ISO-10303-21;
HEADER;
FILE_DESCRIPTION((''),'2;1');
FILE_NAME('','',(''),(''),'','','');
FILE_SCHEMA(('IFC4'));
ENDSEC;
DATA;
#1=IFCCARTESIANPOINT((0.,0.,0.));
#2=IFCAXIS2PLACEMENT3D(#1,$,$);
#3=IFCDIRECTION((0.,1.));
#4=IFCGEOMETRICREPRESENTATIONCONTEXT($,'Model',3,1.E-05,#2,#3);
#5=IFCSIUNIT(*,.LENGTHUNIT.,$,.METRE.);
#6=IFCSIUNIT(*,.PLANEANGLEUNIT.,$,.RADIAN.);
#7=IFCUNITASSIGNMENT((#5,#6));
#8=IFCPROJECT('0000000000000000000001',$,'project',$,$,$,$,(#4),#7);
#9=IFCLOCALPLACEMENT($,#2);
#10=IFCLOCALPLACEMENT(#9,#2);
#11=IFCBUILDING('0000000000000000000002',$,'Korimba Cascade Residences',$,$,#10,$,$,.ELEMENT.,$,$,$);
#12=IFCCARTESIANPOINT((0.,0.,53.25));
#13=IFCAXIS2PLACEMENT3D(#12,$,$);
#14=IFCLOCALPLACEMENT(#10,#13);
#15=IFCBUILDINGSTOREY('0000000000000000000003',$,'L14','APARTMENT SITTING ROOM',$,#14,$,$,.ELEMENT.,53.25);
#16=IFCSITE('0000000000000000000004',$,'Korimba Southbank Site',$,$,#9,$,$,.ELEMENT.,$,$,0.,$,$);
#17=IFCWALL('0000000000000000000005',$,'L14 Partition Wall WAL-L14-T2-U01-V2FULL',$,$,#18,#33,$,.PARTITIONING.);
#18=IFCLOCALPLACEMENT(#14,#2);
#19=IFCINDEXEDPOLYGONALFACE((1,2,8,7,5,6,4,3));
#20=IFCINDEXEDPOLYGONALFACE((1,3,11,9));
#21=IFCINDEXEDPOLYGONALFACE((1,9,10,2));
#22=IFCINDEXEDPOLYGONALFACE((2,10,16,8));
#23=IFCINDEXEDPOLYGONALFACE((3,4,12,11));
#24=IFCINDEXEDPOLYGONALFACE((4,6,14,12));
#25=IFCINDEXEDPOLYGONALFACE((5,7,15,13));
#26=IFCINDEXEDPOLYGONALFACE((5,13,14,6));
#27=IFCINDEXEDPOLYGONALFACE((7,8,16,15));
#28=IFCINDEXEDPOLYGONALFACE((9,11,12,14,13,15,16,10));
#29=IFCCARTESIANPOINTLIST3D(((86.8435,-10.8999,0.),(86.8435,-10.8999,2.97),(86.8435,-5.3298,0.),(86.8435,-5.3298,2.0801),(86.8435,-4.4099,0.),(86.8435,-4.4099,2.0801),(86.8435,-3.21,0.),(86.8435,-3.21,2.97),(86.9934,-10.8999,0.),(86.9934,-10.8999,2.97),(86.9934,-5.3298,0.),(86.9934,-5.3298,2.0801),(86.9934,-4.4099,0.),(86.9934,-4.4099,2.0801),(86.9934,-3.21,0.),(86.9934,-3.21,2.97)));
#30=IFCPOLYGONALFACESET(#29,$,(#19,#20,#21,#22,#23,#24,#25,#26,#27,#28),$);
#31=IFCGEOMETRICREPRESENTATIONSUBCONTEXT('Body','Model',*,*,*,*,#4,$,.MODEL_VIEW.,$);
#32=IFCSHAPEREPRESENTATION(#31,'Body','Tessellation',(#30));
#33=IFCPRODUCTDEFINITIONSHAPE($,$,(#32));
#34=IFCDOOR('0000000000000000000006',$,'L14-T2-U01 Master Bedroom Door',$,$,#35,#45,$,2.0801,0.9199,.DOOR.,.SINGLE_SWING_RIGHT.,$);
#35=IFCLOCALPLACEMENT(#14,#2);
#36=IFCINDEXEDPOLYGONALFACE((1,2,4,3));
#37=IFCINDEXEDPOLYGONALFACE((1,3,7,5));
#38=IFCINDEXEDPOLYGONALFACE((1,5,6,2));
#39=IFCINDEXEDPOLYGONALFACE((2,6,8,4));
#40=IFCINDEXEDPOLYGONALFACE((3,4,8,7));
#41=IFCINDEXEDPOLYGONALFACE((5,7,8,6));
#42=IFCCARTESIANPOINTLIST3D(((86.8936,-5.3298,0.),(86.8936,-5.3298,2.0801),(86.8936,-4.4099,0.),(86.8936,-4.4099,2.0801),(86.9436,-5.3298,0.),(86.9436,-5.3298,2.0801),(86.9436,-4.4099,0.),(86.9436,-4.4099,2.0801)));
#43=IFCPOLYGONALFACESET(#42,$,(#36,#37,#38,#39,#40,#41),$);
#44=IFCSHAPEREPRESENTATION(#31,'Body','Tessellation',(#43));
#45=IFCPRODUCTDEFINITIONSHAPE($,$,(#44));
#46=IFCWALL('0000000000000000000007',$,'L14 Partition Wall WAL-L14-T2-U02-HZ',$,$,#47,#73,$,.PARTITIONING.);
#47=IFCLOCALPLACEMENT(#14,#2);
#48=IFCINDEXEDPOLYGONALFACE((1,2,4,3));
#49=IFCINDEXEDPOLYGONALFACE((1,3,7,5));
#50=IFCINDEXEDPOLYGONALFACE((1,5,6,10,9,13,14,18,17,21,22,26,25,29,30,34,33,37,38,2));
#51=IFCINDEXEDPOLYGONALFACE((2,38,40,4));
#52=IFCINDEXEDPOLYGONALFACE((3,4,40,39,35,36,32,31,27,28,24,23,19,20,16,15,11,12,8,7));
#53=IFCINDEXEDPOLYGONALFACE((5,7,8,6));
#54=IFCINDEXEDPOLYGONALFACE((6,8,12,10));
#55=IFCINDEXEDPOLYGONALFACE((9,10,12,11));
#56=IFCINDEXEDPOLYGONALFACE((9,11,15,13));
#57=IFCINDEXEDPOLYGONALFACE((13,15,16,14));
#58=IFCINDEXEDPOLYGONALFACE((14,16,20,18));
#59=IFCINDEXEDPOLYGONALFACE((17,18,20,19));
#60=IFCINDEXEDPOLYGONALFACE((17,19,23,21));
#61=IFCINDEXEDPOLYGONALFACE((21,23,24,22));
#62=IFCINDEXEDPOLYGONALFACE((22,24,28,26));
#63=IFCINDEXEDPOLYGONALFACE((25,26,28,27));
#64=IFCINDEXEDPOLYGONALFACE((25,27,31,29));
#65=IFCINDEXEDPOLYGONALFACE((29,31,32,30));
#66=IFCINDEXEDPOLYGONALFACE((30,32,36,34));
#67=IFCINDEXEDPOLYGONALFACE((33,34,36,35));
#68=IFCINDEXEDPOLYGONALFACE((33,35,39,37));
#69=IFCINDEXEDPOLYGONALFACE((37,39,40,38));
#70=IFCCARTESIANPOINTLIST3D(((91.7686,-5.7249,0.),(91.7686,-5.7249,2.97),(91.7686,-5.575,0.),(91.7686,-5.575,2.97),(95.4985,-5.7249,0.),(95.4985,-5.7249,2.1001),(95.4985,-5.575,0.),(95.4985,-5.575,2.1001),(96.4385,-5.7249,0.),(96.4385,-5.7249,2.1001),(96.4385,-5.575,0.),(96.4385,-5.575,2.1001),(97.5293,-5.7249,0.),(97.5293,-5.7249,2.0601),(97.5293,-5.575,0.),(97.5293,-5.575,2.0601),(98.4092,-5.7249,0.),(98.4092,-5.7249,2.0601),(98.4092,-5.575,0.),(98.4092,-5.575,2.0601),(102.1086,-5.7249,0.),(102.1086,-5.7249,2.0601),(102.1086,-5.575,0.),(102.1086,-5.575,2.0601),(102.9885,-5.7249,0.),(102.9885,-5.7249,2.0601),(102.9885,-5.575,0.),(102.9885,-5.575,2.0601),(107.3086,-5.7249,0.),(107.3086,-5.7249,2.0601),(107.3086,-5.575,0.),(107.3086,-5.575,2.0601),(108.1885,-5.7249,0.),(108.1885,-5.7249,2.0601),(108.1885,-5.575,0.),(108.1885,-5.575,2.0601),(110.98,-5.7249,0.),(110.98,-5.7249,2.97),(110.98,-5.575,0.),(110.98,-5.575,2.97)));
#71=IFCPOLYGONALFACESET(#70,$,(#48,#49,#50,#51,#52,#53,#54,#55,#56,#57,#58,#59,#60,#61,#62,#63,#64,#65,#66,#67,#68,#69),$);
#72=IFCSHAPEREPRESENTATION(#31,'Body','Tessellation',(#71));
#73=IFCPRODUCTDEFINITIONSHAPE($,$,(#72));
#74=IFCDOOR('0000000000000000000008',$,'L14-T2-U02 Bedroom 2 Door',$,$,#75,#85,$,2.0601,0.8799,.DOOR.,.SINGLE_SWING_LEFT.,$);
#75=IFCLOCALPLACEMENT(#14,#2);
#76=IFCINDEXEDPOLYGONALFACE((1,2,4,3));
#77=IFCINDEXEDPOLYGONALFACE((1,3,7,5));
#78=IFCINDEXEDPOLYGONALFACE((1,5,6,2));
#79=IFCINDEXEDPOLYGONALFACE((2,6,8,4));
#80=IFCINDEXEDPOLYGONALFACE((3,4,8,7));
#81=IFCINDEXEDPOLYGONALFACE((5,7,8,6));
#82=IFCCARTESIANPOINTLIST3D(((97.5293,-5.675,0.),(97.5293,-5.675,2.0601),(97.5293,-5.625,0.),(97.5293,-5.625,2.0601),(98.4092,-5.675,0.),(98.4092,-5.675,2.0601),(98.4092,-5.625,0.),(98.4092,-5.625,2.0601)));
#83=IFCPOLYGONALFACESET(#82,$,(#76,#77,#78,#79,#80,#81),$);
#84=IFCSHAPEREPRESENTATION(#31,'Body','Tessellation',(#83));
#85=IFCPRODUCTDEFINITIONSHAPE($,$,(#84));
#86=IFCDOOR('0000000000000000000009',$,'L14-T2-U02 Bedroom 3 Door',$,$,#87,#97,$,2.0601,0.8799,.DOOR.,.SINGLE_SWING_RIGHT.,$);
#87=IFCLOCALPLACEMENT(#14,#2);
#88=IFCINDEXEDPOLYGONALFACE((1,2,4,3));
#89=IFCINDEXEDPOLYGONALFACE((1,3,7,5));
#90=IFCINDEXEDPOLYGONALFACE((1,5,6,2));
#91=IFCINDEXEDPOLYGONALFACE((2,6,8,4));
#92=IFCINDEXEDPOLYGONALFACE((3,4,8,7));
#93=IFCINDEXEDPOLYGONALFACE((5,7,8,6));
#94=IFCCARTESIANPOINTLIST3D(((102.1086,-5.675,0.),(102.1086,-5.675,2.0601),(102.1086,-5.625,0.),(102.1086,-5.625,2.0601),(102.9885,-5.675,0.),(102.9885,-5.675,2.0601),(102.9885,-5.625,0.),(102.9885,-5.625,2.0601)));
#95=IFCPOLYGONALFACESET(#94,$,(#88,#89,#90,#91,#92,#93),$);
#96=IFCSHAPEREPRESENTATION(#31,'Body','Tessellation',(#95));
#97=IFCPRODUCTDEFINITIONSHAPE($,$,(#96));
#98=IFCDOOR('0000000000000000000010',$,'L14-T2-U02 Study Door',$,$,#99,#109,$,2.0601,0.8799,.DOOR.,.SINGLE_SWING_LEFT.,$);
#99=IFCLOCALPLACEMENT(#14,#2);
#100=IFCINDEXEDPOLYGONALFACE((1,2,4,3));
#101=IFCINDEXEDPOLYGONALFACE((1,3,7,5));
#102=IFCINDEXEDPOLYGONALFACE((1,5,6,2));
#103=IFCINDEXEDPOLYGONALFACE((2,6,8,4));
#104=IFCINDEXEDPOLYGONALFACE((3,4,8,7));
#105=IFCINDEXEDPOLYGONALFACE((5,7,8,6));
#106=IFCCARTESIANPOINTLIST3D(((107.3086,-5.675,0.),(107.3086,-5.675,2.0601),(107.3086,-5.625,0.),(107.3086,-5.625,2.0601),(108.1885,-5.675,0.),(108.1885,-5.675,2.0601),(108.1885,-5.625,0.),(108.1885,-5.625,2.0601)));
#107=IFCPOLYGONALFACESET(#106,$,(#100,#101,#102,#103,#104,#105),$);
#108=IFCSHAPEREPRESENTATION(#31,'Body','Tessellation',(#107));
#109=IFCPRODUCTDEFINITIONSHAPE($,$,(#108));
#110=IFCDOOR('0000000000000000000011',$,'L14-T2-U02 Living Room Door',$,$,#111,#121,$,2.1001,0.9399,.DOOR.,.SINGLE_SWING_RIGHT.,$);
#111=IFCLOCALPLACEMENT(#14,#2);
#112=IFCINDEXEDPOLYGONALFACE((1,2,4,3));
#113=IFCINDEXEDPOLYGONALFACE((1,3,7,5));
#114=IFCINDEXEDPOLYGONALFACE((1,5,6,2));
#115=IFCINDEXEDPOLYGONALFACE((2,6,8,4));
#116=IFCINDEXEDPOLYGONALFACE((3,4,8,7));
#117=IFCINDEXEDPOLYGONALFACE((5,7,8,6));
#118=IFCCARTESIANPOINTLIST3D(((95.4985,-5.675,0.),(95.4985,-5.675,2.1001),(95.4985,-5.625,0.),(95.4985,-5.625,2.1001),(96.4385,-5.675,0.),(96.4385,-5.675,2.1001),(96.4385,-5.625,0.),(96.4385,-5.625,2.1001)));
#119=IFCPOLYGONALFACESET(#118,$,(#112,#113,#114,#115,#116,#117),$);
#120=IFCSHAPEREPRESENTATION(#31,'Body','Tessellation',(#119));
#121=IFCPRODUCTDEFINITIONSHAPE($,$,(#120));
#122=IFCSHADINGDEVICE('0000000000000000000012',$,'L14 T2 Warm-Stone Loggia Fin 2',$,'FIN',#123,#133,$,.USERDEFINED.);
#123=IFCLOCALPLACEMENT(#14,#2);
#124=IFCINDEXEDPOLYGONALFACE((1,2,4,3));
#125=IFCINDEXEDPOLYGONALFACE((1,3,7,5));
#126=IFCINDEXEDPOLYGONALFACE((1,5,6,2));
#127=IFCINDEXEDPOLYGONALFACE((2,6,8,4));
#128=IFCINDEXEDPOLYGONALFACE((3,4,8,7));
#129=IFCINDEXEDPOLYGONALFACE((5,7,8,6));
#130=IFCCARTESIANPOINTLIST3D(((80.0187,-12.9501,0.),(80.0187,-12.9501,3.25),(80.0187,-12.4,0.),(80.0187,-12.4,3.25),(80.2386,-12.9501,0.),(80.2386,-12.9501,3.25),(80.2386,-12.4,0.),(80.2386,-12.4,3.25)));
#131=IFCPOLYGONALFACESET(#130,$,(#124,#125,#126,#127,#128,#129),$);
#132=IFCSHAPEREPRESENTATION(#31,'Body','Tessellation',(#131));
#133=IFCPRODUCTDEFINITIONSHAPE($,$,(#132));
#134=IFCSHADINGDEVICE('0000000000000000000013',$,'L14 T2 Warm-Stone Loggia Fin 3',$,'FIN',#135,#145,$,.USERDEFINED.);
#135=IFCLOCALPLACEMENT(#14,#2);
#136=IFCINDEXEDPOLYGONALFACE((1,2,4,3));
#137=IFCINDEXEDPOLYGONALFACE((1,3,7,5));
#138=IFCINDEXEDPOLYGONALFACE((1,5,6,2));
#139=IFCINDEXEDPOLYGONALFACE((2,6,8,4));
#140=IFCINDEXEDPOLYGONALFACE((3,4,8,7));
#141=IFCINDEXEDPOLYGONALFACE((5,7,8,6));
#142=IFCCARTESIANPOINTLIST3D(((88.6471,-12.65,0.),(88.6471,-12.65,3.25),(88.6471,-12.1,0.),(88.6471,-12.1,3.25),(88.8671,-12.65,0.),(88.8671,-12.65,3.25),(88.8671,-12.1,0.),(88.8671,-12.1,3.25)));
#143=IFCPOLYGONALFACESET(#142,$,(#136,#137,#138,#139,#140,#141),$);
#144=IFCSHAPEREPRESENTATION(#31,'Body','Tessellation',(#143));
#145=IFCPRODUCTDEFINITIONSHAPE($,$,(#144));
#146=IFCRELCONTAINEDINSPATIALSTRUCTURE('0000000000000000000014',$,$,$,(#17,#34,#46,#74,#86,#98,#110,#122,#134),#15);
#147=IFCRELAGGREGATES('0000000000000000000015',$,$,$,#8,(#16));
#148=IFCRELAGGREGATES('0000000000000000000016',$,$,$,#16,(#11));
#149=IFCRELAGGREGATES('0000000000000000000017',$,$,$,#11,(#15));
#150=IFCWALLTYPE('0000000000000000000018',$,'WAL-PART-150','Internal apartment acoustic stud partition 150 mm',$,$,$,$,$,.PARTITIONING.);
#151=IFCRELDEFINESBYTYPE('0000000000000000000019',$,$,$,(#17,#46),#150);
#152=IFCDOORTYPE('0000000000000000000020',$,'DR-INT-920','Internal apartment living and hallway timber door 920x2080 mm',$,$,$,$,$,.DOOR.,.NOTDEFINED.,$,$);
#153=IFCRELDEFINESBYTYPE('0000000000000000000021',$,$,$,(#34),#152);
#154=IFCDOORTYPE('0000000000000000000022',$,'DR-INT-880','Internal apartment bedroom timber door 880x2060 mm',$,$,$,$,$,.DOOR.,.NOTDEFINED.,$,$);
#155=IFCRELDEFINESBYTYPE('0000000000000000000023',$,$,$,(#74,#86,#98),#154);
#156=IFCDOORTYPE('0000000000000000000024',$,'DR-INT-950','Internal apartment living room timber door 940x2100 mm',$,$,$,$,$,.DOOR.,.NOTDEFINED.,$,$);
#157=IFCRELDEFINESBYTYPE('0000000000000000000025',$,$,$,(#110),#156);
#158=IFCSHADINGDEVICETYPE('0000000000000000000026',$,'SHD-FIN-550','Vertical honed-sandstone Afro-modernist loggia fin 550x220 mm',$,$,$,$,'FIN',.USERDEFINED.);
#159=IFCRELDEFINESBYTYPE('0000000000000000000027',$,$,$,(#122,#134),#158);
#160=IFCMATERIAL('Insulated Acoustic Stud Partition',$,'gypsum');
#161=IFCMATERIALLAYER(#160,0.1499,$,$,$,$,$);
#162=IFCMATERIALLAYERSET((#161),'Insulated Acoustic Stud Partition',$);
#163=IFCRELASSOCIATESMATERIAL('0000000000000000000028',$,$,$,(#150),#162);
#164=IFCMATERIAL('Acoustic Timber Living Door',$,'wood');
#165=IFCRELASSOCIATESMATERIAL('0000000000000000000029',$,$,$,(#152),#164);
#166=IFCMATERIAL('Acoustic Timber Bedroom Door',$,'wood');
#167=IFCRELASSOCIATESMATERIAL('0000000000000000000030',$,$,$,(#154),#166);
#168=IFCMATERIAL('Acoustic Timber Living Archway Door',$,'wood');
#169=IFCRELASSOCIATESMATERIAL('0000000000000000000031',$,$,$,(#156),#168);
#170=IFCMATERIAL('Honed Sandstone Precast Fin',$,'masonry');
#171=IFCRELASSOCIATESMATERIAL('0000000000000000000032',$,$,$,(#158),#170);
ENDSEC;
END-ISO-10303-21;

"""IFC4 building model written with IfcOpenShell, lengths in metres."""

from ifc_helpers import new_model, si_unit, direction, frame, frame_2d, origin, origin_2d, place, context, subcontext, project, spatial, rectangle, extrude, material, layer, layer_set, type_object, element, fill, save


model = new_model("IFC4")

# Units and contexts
model_context = context("Model", 3, precision=1e-05, world=origin(), true_north=direction((0.0, 1.0)))
body_context = subcontext(model_context, "Body", "Model", "MODEL_VIEW")
ifc_project = project(units=[si_unit("LENGTHUNIT", "METRE"), si_unit("PLANEANGLEUNIT", "RADIAN")], contexts=[model_context])

# Site, building, storey
site_placement = place(None, origin())
site = spatial("IfcSite", under=ifc_project, at=site_placement, Name="Korimba Southbank Site", CompositionType="ELEMENT", RefElevation=0.0)
building_placement = place(site_placement, origin())
building = spatial("IfcBuilding", under=site, at=building_placement, Name="Korimba Cascade Residences", CompositionType="ELEMENT")
storey_placement = place(building_placement, frame((0.0, 0.0, 53.25)))
storey = spatial("IfcBuildingStorey", under=building, at=storey_placement, Name="L14", Description="APARTMENT SITTING ROOM", CompositionType="ELEMENT", Elevation=53.25)

# Shared definitions
ifc_material_1 = material(Name="Insulated Acoustic Stud Partition", Category="gypsum")
ifc_layer_1 = layer(ifc_material_1, 0.1499)
ifc_layer_set_1 = layer_set([ifc_layer_1], Name="Insulated Acoustic Stud Partition")
wall_type_1 = type_object("IfcWallType", Name="WAL-PART-150", Description="Internal apartment acoustic stud partition 150 mm", PredefinedType="PARTITIONING", material=ifc_layer_set_1)

# Wall, opening, door
wall_1_placement = place(storey_placement, frame((86.9185, -10.8999, 0.0), z_axis=(0.0, 0.0, 1.0), x_axis=(0.0, 1.0, 0.0)))
wall_1 = element("IfcWall", 1, at=wall_1_placement, inside=storey, type_object=wall_type_1, Name="L14 Partition Wall WAL-L14-T2-U01-V2FULL", PredefinedType="PARTITIONING", context=body_context, shape_type="SweptSolid", body=[
    extrude(rectangle(XDim=7.6899, YDim=0.1499, at=frame_2d((3.845, 0.0))), origin(), (0.0, 0.0, 1.0), 2.97),
])
opening_1_placement = place(wall_1_placement, frame((5.5701, 0.0, 0.0)))
opening_1 = element("IfcOpeningElement", 2, at=opening_1_placement, cuts=wall_1, PredefinedType="OPENING", context=body_context, shape_type="SweptSolid", body=[
    extrude(rectangle(XDim=0.9199, YDim=2.0801, at=frame_2d((0.46, 1.04))), frame((0.0, 0.085, 0.0), z_axis=(0.0, -1.0, 0.0), x_axis=(1.0, 0.0, 0.0)), (0.0, 0.0, 1.0), 0.1699),
])
ifc_material_2 = material(Name="Acoustic Timber Living Door", Category="wood")
door_type_1 = type_object("IfcDoorType", Name="DR-INT-920", Description="Internal apartment living and hallway timber door 920x2080 mm", OperationType="NOTDEFINED", PredefinedType="DOOR", material=ifc_material_2)
door_1_placement = place(opening_1_placement, origin())
door_1 = element("IfcDoor", 3, at=door_1_placement, inside=storey, type_object=door_type_1, Name="L14-T2-U01 Master Bedroom Door", OperationType="SINGLE_SWING_RIGHT", OverallHeight=2.0801, OverallWidth=0.9199, PredefinedType="DOOR", context=body_context, shape_type="SweptSolid", body=[
    extrude(rectangle(XDim=0.9199, YDim=2.0801, at=frame_2d((0.46, 1.04))), frame((0.0, 0.0249, 0.0), z_axis=(0.0, -1.0, 0.0), x_axis=(1.0, 0.0, 0.0)), (0.0, 0.0, 1.0), 0.05),
])
fill(opening_1, door_1)

# Wall, openings, doors
wall_2_placement = place(storey_placement, frame((91.7686, -5.6499, 0.0), z_axis=(0.0, 0.0, 1.0), x_axis=(1.0, 0.0, 0.0)))
wall_2 = element("IfcWall", 4, at=wall_2_placement, inside=storey, type_object=wall_type_1, Name="L14 Partition Wall WAL-L14-T2-U02-HZ", PredefinedType="PARTITIONING", context=body_context, shape_type="SweptSolid", body=[
    extrude(rectangle(XDim=19.2114, YDim=0.1499, at=frame_2d((9.6057, 0.0))), origin(), (0.0, 0.0, 1.0), 2.97),
])
opening_2_placement = place(wall_2_placement, frame((3.73, 0.0, 0.0)))
opening_2 = element("IfcOpeningElement", 5, at=opening_2_placement, cuts=wall_2, PredefinedType="OPENING", context=body_context, shape_type="SweptSolid", body=[
    extrude(rectangle(XDim=0.9399, YDim=2.1001, at=frame_2d((0.47, 1.05))), frame((0.0, 0.085, 0.0), z_axis=(0.0, -1.0, 0.0), x_axis=(1.0, 0.0, 0.0)), (0.0, 0.0, 1.0), 0.1699),
])
opening_3_placement = place(wall_2_placement, frame((5.7607, 0.0, 0.0)))
opening_3 = element("IfcOpeningElement", 6, at=opening_3_placement, cuts=wall_2, PredefinedType="OPENING", context=body_context, shape_type="SweptSolid", body=[
    extrude(rectangle(XDim=0.8799, YDim=2.0601, at=frame_2d((0.4399, 1.03))), frame((0.0, 0.085, 0.0), z_axis=(0.0, -1.0, 0.0), x_axis=(1.0, 0.0, 0.0)), (0.0, 0.0, 1.0), 0.1699),
])
opening_4_placement = place(wall_2_placement, frame((10.3401, 0.0, 0.0)))
opening_4 = element("IfcOpeningElement", 7, at=opening_4_placement, cuts=wall_2, PredefinedType="OPENING", context=body_context, shape_type="SweptSolid", body=[
    extrude(rectangle(XDim=0.8799, YDim=2.0601, at=frame_2d((0.4399, 1.03))), frame((0.0, 0.085, 0.0), z_axis=(0.0, -1.0, 0.0), x_axis=(1.0, 0.0, 0.0)), (0.0, 0.0, 1.0), 0.1699),
])
opening_5_placement = place(wall_2_placement, frame((15.54, 0.0, 0.0)))
opening_5 = element("IfcOpeningElement", 8, at=opening_5_placement, cuts=wall_2, PredefinedType="OPENING", context=body_context, shape_type="SweptSolid", body=[
    extrude(rectangle(XDim=0.8799, YDim=2.0601, at=frame_2d((0.4399, 1.03))), frame((0.0, 0.085, 0.0), z_axis=(0.0, -1.0, 0.0), x_axis=(1.0, 0.0, 0.0)), (0.0, 0.0, 1.0), 0.1699),
])
ifc_material_3 = material(Name="Acoustic Timber Bedroom Door", Category="wood")
door_type_2 = type_object("IfcDoorType", Name="DR-INT-880", Description="Internal apartment bedroom timber door 880x2060 mm", OperationType="NOTDEFINED", PredefinedType="DOOR", material=ifc_material_3)
door_2_placement = place(opening_3_placement, origin())
door_2 = element("IfcDoor", 9, at=door_2_placement, inside=storey, type_object=door_type_2, Name="L14-T2-U02 Bedroom 2 Door", OperationType="SINGLE_SWING_LEFT", OverallHeight=2.0601, OverallWidth=0.8799, PredefinedType="DOOR", context=body_context, shape_type="SweptSolid", body=[
    extrude(rectangle(XDim=0.8799, YDim=2.0601, at=frame_2d((0.4399, 1.03))), frame((0.0, 0.0249, 0.0), z_axis=(0.0, -1.0, 0.0), x_axis=(1.0, 0.0, 0.0)), (0.0, 0.0, 1.0), 0.05),
])
fill(opening_3, door_2)
door_3_placement = place(opening_4_placement, origin())
door_3 = element("IfcDoor", 10, at=door_3_placement, inside=storey, type_object=door_type_2, Name="L14-T2-U02 Bedroom 3 Door", OperationType="SINGLE_SWING_RIGHT", OverallHeight=2.0601, OverallWidth=0.8799, PredefinedType="DOOR", context=body_context, shape_type="SweptSolid", body=[
    extrude(rectangle(XDim=0.8799, YDim=2.0601, at=frame_2d((0.4399, 1.03))), frame((0.0, 0.0249, 0.0), z_axis=(0.0, -1.0, 0.0), x_axis=(1.0, 0.0, 0.0)), (0.0, 0.0, 1.0), 0.05),
])
fill(opening_4, door_3)
door_4_placement = place(opening_5_placement, origin())
door_4 = element("IfcDoor", 11, at=door_4_placement, inside=storey, type_object=door_type_2, Name="L14-T2-U02 Study Door", OperationType="SINGLE_SWING_LEFT", OverallHeight=2.0601, OverallWidth=0.8799, PredefinedType="DOOR", context=body_context, shape_type="SweptSolid", body=[
    extrude(rectangle(XDim=0.8799, YDim=2.0601, at=frame_2d((0.4399, 1.03))), frame((0.0, 0.0249, 0.0), z_axis=(0.0, -1.0, 0.0), x_axis=(1.0, 0.0, 0.0)), (0.0, 0.0, 1.0), 0.05),
])
fill(opening_5, door_4)
ifc_material_4 = material(Name="Acoustic Timber Living Archway Door", Category="wood")
door_type_3 = type_object("IfcDoorType", Name="DR-INT-950", Description="Internal apartment living room timber door 940x2100 mm", OperationType="NOTDEFINED", PredefinedType="DOOR", material=ifc_material_4)
door_5_placement = place(opening_2_placement, origin())
door_5 = element("IfcDoor", 12, at=door_5_placement, inside=storey, type_object=door_type_3, Name="L14-T2-U02 Living Room Door", OperationType="SINGLE_SWING_RIGHT", OverallHeight=2.1001, OverallWidth=0.9399, PredefinedType="DOOR", context=body_context, shape_type="SweptSolid", body=[
    extrude(rectangle(XDim=0.9399, YDim=2.1001, at=frame_2d((0.47, 1.05))), frame((0.0, 0.0249, 0.0), z_axis=(0.0, -1.0, 0.0), x_axis=(1.0, 0.0, 0.0)), (0.0, 0.0, 1.0), 0.05),
])
fill(opening_2, door_5)

# Shading devices
ifc_material_5 = material(Name="Honed Sandstone Precast Fin", Category="masonry")
shading_device_type = type_object("IfcShadingDeviceType", Name="SHD-FIN-550", Description="Vertical honed-sandstone Afro-modernist loggia fin 550x220 mm", ElementType="FIN", PredefinedType="USERDEFINED", material=ifc_material_5)
for number, where, z_axis, x_axis, name in (
    (13, (80.1287, -12.675, 0.0), (0.0, 0.0, 1.0), (1.0, 0.0, 0.0), "L14 T2 Warm-Stone Loggia Fin 2"),
    (14, (88.7571, -12.375, 0.0), (0.0, 0.0, 1.0), (1.0, 0.0, 0.0), "L14 T2 Warm-Stone Loggia Fin 3"),
):
    element("IfcShadingDevice", number, at=place(storey_placement, frame(where, z_axis=z_axis, x_axis=x_axis)), inside=storey, type_object=shading_device_type, Name=name, ObjectType="FIN", PredefinedType="USERDEFINED", context=body_context, shape_type="SweptSolid", body=[
        extrude(rectangle(XDim=0.22, YDim=0.55, at=origin_2d()), origin(), (0.0, 0.0, 1.0), 3.25),
    ])

save(model, "model.ifc")
